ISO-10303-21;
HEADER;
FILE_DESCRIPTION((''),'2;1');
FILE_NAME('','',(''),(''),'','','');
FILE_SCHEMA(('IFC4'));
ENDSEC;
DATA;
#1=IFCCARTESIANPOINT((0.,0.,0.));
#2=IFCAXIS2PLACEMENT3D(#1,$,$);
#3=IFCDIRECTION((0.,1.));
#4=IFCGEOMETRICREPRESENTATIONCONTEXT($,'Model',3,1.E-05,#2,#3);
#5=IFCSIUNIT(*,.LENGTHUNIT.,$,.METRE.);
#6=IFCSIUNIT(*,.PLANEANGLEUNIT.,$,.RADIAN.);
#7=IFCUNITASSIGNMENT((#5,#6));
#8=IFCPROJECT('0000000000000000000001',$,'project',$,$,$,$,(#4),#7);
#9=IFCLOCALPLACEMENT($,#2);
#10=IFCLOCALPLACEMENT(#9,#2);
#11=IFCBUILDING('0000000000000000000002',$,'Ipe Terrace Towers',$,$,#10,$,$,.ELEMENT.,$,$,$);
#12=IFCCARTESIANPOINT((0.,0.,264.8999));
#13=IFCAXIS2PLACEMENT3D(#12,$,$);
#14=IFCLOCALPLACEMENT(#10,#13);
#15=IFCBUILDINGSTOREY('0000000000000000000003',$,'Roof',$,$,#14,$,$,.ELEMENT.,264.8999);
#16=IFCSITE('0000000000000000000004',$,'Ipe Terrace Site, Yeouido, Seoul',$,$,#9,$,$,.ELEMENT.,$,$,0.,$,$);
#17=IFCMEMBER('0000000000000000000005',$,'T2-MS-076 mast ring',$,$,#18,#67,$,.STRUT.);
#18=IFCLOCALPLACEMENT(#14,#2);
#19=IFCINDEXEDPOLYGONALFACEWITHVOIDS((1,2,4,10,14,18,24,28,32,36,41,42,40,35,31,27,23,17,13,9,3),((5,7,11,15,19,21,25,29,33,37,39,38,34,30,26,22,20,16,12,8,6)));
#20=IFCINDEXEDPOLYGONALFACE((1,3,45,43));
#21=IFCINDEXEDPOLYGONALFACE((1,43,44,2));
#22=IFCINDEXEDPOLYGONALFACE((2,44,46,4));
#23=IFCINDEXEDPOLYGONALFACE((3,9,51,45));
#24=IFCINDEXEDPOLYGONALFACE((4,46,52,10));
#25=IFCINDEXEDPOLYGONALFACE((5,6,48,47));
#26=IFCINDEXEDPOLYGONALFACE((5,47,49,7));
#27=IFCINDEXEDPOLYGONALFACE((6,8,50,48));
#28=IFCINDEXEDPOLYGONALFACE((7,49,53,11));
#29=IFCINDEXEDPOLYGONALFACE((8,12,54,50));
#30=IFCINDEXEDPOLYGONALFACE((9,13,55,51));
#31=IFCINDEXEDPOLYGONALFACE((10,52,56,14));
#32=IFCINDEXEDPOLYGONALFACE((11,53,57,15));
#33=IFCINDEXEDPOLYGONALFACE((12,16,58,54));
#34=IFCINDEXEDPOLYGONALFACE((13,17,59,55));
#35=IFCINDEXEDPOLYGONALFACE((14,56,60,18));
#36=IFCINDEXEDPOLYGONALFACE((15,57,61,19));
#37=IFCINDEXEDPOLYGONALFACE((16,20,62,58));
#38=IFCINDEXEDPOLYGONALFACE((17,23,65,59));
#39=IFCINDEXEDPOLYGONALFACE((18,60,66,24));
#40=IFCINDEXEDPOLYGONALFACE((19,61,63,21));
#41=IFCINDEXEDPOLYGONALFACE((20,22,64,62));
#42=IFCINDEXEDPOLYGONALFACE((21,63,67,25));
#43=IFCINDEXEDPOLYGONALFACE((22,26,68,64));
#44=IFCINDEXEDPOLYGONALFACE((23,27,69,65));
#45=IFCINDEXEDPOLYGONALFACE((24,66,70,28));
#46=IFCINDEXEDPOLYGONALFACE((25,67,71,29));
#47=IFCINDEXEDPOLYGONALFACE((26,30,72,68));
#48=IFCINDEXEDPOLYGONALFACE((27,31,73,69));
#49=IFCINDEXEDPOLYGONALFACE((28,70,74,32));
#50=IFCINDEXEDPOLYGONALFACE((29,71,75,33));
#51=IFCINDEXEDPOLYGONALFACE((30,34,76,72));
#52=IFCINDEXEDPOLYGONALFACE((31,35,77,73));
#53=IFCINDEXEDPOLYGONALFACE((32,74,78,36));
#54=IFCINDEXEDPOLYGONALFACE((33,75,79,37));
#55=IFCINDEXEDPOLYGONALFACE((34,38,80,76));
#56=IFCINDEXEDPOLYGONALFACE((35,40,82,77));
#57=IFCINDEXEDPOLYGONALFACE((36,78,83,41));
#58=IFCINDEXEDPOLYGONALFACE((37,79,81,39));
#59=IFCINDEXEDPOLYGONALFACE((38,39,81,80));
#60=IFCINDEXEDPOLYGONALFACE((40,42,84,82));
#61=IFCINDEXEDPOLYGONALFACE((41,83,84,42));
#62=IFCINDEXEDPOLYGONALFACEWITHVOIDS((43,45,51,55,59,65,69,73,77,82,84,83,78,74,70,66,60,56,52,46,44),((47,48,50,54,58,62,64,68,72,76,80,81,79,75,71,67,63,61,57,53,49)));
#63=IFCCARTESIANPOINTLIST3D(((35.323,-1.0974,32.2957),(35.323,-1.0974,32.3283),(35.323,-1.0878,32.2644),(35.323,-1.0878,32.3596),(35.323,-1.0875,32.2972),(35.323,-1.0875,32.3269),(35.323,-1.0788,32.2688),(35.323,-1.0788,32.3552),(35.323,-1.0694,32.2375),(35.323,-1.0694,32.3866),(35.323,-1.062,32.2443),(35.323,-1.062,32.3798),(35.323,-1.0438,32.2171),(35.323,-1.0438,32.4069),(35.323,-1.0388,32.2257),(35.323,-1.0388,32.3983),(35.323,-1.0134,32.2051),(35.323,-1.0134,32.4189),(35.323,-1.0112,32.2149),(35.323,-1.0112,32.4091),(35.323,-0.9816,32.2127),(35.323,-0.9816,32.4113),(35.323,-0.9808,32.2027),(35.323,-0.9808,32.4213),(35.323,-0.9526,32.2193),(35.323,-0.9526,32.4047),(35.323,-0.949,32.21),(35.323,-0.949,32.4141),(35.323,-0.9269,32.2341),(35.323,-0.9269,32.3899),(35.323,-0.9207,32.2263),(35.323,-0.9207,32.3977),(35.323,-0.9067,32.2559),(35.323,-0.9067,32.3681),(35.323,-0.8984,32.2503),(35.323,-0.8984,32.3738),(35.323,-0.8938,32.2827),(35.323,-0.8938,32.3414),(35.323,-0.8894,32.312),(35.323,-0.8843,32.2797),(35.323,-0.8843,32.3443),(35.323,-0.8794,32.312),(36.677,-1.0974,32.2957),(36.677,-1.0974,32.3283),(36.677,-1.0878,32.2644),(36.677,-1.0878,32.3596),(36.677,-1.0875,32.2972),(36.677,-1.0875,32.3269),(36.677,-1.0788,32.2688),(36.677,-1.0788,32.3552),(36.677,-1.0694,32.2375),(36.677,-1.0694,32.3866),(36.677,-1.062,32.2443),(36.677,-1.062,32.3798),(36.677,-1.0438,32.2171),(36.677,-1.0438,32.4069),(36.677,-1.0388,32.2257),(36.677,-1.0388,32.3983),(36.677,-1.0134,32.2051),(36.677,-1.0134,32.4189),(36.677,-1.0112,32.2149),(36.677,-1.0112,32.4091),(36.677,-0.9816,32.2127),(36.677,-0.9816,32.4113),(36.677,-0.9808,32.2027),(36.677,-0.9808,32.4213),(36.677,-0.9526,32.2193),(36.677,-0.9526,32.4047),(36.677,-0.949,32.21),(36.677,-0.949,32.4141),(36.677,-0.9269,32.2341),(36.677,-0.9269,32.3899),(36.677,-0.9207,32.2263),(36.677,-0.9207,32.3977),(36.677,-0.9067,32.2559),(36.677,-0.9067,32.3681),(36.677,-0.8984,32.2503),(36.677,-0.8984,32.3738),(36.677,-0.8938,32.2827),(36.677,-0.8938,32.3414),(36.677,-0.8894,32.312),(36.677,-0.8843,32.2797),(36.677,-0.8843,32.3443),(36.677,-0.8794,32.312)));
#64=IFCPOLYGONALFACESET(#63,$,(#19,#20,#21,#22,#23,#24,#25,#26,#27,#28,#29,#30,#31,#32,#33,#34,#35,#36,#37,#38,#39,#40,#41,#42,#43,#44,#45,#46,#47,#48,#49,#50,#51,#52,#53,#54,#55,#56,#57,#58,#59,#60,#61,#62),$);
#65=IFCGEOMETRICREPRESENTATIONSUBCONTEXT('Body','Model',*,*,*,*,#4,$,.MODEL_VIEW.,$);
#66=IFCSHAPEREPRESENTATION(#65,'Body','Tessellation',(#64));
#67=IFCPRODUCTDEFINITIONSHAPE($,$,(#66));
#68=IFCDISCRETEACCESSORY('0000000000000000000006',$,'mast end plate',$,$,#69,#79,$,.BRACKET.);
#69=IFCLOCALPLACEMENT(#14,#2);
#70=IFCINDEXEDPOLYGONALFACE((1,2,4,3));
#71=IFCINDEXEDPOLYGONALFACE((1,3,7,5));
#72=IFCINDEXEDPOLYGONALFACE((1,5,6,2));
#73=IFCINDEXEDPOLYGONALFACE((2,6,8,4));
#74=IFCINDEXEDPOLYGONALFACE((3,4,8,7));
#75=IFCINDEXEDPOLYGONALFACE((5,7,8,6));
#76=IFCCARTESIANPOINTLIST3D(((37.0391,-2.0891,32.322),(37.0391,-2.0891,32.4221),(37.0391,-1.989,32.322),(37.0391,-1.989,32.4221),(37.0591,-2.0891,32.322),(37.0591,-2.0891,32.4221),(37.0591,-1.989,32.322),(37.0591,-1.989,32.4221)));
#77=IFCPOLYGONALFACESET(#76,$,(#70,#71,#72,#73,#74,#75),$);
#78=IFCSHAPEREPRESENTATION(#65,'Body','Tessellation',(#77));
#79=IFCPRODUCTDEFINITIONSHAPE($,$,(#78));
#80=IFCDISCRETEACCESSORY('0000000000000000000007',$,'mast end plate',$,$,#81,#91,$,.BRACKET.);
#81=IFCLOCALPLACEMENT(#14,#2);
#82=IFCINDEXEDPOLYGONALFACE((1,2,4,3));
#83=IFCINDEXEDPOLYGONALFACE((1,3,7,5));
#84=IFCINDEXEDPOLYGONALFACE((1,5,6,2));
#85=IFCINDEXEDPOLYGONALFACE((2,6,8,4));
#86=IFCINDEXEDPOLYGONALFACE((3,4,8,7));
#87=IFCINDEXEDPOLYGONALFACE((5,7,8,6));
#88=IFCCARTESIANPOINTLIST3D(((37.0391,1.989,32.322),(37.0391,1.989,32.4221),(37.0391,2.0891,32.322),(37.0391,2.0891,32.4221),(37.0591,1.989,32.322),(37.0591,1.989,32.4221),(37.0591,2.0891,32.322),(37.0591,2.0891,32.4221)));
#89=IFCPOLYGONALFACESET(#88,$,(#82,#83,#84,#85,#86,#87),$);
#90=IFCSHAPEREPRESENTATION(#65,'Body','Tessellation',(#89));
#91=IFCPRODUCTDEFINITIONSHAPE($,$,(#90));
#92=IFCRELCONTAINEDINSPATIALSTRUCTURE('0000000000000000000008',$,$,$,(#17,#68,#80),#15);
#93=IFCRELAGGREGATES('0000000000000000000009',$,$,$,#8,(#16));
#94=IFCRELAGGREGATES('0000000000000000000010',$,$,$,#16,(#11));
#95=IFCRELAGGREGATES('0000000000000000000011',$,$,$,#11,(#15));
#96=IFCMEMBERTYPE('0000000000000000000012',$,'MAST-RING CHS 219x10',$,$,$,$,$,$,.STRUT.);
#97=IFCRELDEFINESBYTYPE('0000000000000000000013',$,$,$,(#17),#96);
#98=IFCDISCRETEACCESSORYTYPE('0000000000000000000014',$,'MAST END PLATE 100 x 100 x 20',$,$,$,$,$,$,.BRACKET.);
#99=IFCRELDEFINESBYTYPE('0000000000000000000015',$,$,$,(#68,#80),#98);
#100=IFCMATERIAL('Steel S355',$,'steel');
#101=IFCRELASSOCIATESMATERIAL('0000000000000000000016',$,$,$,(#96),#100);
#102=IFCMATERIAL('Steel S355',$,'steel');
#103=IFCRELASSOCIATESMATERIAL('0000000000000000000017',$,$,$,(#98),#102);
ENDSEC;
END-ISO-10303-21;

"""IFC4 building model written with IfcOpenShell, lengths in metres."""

from ifc_helpers import new_model, si_unit, direction, frame, origin, origin_2d, place, context, subcontext, project, spatial, rectangle, hollow_circle, extrude, material, material_profile, profile_set, type_object, element, save


model = new_model("IFC4")

# Units and contexts
model_context = context("Model", 3, precision=1e-05, world=origin(), true_north=direction((0.0, 1.0)))
body_context = subcontext(model_context, "Body", "Model", "MODEL_VIEW")
ifc_project = project(units=[si_unit("LENGTHUNIT", "METRE"), si_unit("PLANEANGLEUNIT", "RADIAN")], contexts=[model_context])

# Site, building, storey
site_placement = place(None, origin())
site = spatial("IfcSite", under=ifc_project, at=site_placement, Name="Ipe Terrace Site, Yeouido, Seoul", CompositionType="ELEMENT", RefElevation=0.0)
building_placement = place(site_placement, origin())
building = spatial("IfcBuilding", under=site, at=building_placement, Name="Ipe Terrace Towers", CompositionType="ELEMENT")
storey_placement = place(building_placement, frame((0.0, 0.0, 264.8999)))
storey = spatial("IfcBuildingStorey", under=building, at=storey_placement, Name="Roof", CompositionType="ELEMENT", Elevation=264.8999)

# Member
ifc_material_1 = material(Name="Steel S355", Category="steel")
ifc_material_profile_1 = material_profile(ifc_material_1, hollow_circle(Radius=0.1096, WallThickness=0.01, at=origin_2d()), Name="MAST-RING CHS 219x10")
ifc_profile_set_1 = profile_set([ifc_material_profile_1], Name="Steel S355")
member_type_1 = type_object("IfcMemberType", Name="MAST-RING CHS 219x10", PredefinedType="STRUT", material=ifc_profile_set_1)
for number, where, z_axis, x_axis, name in (
    (1, (35.323, -0.989, 32.312), (1.0, 0.0, 0.0), (0.0, 1.0, 0.0), "T2-MS-076 mast ring"),
):
    element("IfcMember", number, at=place(storey_placement, frame(where, z_axis=z_axis, x_axis=x_axis)), inside=storey, type_object=member_type_1, Name=name, PredefinedType="STRUT", context=body_context, shape_type="SweptSolid", body=[
        extrude(hollow_circle(Radius=0.1096, WallThickness=0.01, at=origin_2d()), origin(), (0.0, 0.0, 1.0), 1.354),
    ])

# Discrete accessories
ifc_material_2 = material(Name="Steel S355", Category="steel")
ifc_material_profile_2 = material_profile(ifc_material_2, rectangle(XDim=0.1001, YDim=0.1001, at=origin_2d()), Name="MAST END PLATE 100 x 100 x 20")
ifc_profile_set_2 = profile_set([ifc_material_profile_2], Name="Steel S355")
discrete_accessory_type = type_object("IfcDiscreteAccessoryType", Name="MAST END PLATE 100 x 100 x 20", PredefinedType="BRACKET", material=ifc_profile_set_2)
for number, where, z_axis, x_axis, name in (
    (2, (37.0391, -2.0391, 32.3721), (1.0, 0.0, 0.0), (0.0, 1.0, 0.0), "mast end plate"),
    (3, (37.0391, 2.0391, 32.3721), (1.0, 0.0, 0.0), (0.0, 1.0, 0.0), "mast end plate"),
):
    element("IfcDiscreteAccessory", number, at=place(storey_placement, frame(where, z_axis=z_axis, x_axis=x_axis)), inside=storey, type_object=discrete_accessory_type, Name=name, PredefinedType="BRACKET", context=body_context, shape_type="SweptSolid", body=[
        extrude(rectangle(XDim=0.1001, YDim=0.1001, at=origin_2d()), origin(), (0.0, 0.0, 1.0), 0.02),
    ])

save(model, "model.ifc")
